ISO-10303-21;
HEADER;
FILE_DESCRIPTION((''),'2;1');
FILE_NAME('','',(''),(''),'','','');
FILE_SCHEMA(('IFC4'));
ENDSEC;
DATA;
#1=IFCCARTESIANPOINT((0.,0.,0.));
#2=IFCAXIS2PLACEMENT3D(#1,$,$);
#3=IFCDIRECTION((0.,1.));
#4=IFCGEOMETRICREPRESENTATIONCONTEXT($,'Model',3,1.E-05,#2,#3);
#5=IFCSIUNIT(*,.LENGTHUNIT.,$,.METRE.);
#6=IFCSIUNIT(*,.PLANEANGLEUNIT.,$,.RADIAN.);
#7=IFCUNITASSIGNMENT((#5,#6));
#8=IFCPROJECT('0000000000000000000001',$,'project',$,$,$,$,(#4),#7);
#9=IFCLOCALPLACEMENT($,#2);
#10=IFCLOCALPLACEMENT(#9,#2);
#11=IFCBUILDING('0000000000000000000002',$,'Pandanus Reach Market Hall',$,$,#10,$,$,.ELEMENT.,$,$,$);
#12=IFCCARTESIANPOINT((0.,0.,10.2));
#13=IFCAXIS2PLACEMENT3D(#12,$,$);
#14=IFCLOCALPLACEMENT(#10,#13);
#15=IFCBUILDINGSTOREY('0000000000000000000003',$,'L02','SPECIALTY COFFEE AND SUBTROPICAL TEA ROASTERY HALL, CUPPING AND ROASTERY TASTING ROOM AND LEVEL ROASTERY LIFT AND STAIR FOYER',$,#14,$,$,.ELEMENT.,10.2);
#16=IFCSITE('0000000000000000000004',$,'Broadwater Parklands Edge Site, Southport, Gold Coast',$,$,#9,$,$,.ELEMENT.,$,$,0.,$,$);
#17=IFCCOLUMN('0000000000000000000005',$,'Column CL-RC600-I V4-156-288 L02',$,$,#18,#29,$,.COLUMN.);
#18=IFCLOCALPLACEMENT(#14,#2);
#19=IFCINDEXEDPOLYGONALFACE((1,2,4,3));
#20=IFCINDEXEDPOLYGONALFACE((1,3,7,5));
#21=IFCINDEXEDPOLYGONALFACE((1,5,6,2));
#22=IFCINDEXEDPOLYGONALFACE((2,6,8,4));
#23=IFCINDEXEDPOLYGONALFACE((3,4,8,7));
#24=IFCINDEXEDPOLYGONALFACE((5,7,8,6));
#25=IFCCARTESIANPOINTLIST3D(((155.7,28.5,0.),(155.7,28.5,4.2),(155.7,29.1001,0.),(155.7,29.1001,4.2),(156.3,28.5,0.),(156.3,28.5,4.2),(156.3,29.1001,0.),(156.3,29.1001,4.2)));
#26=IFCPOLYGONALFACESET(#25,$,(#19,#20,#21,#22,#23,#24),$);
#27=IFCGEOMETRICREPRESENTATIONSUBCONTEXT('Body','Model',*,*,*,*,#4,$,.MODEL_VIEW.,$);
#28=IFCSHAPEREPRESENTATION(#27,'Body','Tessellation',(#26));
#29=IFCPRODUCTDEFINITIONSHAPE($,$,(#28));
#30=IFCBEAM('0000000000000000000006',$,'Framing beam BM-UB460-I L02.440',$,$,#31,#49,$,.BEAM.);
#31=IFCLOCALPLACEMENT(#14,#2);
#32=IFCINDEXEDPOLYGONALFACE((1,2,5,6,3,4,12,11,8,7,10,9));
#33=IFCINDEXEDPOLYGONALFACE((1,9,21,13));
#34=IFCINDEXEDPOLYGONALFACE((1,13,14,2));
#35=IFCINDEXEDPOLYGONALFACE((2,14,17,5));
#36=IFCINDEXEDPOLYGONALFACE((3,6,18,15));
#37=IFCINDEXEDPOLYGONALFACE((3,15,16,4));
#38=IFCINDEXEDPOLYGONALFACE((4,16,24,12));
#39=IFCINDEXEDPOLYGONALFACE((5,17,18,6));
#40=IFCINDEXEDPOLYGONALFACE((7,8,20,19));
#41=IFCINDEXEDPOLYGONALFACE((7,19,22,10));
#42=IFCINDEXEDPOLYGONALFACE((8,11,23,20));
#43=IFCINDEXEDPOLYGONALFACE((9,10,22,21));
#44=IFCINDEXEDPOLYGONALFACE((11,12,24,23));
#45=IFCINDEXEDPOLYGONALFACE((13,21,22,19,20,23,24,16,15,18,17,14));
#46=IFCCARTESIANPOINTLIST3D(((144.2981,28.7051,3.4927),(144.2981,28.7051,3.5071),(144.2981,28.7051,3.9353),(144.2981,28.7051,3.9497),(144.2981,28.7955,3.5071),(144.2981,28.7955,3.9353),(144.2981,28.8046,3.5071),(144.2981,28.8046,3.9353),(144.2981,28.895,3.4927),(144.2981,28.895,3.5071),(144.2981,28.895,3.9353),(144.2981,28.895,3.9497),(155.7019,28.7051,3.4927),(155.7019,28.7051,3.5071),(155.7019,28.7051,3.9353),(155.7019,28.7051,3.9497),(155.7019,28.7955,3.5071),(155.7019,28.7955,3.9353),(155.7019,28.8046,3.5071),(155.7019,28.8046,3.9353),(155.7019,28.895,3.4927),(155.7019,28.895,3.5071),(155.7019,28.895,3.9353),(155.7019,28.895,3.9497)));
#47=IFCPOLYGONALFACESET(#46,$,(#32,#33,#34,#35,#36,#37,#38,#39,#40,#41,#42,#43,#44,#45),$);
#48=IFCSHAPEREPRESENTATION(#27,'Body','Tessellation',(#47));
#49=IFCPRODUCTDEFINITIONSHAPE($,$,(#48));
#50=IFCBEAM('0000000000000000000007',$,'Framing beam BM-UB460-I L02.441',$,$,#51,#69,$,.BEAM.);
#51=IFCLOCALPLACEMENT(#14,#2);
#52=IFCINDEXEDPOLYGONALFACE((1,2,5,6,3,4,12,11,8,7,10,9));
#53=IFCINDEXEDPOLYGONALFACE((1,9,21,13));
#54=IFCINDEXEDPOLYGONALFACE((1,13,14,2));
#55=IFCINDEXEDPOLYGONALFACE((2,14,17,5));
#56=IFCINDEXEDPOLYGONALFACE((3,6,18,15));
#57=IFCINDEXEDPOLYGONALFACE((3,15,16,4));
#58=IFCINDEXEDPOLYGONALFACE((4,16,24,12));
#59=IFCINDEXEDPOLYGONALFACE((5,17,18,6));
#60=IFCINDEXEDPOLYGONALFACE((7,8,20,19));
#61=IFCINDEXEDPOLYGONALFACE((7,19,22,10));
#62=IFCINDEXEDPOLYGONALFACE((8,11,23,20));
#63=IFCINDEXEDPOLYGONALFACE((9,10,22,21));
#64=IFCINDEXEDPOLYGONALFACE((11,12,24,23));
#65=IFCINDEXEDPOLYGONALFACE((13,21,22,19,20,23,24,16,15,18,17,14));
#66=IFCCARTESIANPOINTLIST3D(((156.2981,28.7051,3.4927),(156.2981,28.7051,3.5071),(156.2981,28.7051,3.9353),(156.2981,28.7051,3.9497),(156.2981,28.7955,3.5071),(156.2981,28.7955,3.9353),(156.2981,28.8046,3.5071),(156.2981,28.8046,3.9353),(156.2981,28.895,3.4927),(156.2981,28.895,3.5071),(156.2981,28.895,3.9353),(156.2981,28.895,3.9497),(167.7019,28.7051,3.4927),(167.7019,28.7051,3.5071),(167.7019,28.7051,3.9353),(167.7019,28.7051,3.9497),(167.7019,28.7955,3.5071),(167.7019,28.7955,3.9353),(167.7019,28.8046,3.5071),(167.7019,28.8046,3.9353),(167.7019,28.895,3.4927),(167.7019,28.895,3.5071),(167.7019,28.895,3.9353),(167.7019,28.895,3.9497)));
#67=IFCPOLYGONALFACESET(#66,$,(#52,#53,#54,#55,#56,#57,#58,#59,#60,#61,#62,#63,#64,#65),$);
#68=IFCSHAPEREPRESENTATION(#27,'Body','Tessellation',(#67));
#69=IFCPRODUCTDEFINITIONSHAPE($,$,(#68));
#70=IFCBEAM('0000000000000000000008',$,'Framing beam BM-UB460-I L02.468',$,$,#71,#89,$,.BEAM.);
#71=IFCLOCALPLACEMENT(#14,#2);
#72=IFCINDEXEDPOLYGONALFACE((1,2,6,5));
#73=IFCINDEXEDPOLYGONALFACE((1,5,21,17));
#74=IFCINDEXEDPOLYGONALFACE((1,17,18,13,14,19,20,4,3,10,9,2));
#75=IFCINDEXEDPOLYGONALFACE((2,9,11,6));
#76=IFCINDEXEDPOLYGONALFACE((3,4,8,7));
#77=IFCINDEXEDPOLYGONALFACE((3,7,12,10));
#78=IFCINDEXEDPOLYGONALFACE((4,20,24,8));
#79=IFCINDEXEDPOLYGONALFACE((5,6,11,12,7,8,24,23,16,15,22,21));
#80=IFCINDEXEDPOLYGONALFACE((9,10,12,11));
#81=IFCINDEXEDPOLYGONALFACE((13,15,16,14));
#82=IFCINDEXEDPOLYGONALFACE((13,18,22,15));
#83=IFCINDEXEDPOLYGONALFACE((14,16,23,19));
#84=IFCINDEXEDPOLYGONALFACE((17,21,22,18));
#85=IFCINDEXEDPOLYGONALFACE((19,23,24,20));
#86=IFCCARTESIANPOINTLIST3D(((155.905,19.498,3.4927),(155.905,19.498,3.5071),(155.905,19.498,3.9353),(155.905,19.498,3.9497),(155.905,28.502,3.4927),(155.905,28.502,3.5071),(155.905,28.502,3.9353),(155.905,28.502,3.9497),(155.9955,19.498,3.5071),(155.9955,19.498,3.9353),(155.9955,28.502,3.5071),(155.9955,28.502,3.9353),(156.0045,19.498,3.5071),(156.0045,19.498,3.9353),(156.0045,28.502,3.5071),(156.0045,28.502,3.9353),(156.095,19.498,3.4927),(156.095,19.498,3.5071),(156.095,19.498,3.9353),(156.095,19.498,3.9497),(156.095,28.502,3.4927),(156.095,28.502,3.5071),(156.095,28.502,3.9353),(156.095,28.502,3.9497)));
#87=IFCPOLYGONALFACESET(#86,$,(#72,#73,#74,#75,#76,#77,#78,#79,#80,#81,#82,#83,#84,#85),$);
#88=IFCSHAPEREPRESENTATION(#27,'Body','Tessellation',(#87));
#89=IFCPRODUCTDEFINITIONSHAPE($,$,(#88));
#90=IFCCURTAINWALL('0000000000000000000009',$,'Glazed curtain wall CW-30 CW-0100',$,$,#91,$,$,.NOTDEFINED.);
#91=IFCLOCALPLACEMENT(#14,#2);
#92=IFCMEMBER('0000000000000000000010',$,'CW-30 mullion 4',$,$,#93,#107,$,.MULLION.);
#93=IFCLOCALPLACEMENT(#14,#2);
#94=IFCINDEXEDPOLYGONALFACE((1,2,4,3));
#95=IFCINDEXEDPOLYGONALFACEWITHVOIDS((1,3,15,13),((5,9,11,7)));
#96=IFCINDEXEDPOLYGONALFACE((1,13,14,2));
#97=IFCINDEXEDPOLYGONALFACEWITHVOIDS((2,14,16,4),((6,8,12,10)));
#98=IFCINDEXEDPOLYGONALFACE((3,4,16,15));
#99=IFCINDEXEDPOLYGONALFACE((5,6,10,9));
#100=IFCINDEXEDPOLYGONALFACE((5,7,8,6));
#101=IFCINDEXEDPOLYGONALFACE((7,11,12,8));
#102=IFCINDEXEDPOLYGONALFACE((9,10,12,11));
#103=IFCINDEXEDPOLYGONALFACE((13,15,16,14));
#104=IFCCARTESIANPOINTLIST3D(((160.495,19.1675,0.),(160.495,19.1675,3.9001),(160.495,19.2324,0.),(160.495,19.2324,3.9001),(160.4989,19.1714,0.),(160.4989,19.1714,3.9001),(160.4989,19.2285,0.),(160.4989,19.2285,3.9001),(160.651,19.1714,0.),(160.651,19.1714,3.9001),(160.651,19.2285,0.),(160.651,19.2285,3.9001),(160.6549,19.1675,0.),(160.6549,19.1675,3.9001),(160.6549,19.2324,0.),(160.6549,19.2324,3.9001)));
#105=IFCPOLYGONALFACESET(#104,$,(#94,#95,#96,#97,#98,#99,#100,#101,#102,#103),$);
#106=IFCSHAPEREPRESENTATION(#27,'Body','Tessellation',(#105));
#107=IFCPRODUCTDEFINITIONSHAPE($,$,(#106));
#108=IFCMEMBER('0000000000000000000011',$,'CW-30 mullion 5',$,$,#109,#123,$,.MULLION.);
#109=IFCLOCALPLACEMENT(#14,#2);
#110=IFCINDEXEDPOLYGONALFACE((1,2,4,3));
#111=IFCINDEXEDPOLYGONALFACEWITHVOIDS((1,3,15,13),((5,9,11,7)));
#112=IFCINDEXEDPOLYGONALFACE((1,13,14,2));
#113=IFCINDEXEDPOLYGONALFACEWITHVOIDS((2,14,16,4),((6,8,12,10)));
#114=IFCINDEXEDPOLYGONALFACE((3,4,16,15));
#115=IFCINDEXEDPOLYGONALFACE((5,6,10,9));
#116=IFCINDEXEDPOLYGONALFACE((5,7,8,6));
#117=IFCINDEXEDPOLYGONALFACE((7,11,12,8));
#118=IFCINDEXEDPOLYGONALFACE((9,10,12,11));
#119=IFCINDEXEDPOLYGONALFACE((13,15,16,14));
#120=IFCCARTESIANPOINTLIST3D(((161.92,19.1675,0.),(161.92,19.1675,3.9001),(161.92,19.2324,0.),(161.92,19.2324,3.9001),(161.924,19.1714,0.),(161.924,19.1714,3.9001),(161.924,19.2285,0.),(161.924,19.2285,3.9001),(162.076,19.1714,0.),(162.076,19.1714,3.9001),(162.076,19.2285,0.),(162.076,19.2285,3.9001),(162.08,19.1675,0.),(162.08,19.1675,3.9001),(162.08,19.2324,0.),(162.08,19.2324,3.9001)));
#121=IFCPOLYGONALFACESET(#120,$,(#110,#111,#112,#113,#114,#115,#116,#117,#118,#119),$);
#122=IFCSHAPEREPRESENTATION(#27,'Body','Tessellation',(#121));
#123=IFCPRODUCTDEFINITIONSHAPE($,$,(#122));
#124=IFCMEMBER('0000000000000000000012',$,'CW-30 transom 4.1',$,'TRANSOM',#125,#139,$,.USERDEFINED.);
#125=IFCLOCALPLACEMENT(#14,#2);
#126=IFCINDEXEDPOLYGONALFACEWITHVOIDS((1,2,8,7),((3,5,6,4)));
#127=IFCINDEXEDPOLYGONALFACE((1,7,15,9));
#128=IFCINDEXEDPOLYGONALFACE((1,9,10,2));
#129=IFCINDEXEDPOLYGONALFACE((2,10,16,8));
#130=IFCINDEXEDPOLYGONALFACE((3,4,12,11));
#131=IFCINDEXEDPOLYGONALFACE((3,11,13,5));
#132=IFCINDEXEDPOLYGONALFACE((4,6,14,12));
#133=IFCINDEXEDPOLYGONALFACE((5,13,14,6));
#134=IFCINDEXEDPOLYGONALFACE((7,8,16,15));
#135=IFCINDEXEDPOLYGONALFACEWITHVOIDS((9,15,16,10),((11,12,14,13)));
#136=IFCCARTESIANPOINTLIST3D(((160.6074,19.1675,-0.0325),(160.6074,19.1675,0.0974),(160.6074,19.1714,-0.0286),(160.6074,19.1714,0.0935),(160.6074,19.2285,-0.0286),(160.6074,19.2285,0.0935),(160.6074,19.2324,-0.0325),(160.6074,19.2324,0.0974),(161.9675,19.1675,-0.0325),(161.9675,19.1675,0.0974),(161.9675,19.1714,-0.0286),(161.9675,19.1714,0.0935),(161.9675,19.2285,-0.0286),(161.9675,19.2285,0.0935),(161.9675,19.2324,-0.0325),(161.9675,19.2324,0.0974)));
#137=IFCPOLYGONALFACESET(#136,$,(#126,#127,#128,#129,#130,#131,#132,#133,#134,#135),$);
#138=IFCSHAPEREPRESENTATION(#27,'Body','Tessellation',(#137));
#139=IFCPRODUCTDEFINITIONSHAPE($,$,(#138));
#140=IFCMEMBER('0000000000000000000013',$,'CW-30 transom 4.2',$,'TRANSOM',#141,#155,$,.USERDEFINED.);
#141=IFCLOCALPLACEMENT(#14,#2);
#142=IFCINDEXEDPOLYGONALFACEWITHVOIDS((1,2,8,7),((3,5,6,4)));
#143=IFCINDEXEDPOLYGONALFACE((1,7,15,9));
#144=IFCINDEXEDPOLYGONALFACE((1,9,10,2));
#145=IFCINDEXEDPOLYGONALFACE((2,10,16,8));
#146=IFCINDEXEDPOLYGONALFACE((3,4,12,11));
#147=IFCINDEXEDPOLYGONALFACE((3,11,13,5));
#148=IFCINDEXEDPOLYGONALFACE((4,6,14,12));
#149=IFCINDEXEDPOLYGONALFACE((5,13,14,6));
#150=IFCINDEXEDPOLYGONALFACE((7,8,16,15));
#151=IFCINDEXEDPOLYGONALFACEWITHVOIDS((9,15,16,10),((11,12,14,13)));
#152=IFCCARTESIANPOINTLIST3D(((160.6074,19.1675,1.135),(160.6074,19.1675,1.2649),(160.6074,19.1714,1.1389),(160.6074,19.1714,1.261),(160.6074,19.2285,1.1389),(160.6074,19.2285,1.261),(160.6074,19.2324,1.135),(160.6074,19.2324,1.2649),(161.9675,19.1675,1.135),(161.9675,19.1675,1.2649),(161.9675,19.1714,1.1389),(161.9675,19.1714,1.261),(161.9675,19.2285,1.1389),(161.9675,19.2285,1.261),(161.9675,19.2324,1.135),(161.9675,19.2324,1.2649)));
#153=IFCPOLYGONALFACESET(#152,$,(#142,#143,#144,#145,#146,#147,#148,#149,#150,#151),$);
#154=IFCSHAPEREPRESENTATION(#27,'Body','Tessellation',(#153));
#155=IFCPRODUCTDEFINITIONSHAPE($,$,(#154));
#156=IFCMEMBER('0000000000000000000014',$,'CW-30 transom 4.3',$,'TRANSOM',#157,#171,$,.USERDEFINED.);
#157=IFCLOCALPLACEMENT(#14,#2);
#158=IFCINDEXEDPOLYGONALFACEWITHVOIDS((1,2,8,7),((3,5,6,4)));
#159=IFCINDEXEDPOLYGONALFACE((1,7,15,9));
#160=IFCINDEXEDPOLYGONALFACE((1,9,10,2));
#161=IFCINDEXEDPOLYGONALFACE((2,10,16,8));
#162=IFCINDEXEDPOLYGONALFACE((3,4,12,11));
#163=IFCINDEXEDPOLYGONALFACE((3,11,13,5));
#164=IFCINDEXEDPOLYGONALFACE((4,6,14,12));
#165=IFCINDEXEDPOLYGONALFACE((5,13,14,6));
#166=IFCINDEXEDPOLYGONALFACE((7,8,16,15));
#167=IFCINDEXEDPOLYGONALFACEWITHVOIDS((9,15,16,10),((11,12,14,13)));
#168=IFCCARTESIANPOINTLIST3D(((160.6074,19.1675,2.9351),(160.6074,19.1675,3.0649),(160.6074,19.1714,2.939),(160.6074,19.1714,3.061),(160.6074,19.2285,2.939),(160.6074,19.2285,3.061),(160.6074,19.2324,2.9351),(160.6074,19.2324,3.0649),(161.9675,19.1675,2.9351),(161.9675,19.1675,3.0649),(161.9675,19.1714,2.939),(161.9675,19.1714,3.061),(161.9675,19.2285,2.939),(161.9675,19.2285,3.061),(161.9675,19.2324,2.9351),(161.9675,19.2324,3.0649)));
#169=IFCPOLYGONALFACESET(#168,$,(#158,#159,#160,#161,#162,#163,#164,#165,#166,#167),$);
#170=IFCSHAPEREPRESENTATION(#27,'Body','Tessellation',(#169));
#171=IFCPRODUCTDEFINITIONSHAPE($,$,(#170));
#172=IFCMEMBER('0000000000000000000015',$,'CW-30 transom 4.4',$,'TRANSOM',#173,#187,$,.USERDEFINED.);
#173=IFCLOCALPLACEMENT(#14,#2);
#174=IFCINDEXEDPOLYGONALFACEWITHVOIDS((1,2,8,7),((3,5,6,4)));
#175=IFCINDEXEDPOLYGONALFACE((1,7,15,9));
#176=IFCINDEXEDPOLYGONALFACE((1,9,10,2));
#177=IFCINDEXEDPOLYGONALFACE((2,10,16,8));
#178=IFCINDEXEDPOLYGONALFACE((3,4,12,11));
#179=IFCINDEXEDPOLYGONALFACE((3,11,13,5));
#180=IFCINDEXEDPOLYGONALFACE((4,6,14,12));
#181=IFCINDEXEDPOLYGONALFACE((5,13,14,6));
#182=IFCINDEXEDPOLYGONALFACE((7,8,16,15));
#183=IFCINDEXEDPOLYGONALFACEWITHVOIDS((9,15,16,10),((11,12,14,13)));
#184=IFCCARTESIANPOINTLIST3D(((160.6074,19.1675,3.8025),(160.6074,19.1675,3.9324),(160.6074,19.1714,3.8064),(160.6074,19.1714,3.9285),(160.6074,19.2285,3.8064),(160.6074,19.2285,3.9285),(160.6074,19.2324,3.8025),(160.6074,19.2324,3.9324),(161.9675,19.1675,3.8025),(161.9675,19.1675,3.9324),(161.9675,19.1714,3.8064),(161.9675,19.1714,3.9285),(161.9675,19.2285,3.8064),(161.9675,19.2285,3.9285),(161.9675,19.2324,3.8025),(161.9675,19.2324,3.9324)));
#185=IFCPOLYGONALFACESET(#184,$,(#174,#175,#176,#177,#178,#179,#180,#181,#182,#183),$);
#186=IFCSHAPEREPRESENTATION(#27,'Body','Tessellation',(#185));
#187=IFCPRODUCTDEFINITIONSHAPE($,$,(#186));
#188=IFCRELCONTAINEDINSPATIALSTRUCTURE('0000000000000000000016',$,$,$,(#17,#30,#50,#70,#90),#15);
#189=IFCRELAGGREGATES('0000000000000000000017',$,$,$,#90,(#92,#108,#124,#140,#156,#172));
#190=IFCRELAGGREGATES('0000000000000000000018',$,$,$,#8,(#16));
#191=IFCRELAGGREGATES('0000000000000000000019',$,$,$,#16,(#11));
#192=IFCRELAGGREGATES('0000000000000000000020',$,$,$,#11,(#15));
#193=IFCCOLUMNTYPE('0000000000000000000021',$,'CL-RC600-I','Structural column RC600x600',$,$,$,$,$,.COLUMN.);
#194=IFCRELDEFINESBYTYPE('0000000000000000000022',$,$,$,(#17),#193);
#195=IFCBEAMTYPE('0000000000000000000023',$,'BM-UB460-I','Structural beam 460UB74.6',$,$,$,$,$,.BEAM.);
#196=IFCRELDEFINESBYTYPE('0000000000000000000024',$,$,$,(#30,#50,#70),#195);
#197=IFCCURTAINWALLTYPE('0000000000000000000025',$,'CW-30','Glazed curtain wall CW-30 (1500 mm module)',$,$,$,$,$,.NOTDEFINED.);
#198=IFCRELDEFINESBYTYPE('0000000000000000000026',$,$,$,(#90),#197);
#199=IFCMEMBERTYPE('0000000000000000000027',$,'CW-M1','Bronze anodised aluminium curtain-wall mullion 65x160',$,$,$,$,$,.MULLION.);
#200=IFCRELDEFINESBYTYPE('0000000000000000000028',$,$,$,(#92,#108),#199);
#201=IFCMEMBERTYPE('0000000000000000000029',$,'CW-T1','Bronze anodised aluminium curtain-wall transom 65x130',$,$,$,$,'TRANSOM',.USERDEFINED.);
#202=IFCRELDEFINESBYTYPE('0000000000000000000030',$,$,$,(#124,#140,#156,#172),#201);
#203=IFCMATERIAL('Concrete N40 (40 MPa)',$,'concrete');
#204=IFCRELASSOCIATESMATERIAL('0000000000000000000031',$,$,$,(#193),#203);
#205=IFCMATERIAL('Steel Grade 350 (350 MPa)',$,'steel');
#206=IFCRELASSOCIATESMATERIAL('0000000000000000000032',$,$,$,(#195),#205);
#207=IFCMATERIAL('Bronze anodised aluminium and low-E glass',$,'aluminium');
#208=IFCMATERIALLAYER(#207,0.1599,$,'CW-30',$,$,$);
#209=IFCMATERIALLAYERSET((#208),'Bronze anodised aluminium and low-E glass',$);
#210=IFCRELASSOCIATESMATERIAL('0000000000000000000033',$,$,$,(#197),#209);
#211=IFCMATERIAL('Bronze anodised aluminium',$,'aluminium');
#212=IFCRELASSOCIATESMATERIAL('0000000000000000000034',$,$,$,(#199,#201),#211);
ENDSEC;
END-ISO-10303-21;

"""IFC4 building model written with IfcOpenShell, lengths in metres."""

from ifc_helpers import new_model, si_unit, direction, frame, origin, origin_2d, place, context, subcontext, project, spatial, rectangle, hollow_rectangle, i_section, extrude, material, layer, layer_set, material_profile, profile_set, type_object, element, aggregate, save


model = new_model("IFC4")

# Units and contexts
model_context = context("Model", 3, precision=1e-05, world=origin(), true_north=direction((0.0, 1.0)))
body_context = subcontext(model_context, "Body", "Model", "MODEL_VIEW")
ifc_project = project(units=[si_unit("LENGTHUNIT", "METRE"), si_unit("PLANEANGLEUNIT", "RADIAN")], contexts=[model_context])

# Site, building, storey
site_placement = place(None, origin())
site = spatial("IfcSite", under=ifc_project, at=site_placement, Name="Broadwater Parklands Edge Site, Southport, Gold Coast", CompositionType="ELEMENT", RefElevation=0.0)
building_placement = place(site_placement, origin())
building = spatial("IfcBuilding", under=site, at=building_placement, Name="Pandanus Reach Market Hall", CompositionType="ELEMENT")
storey_placement = place(building_placement, frame((0.0, 0.0, 10.2)))
storey = spatial("IfcBuildingStorey", under=building, at=storey_placement, Name="L02", Description="SPECIALTY COFFEE AND SUBTROPICAL TEA ROASTERY HALL, CUPPING AND ROASTERY TASTING ROOM AND LEVEL ROASTERY LIFT AND STAIR FOYER", CompositionType="ELEMENT", Elevation=10.2)

# Column
ifc_material_1 = material(Name="Concrete N40 (40 MPa)", Category="concrete")
ifc_material_profile_1 = material_profile(ifc_material_1, rectangle(XDim=0.6001, YDim=0.6001, at=origin_2d()), Name="RC600x600", Category="LoadBearing")
ifc_profile_set_1 = profile_set([ifc_material_profile_1], Name="Concrete N40 (40 MPa)")
column_type = type_object("IfcColumnType", Name="CL-RC600-I", Description="Structural column RC600x600", PredefinedType="COLUMN", material=ifc_profile_set_1)
column_placement = place(storey_placement, frame((156.0, 28.8, 0.0), z_axis=(0.0, 0.0, 1.0), x_axis=(1.0, 0.0, 0.0)))
element("IfcColumn", 1, at=column_placement, inside=storey, type_object=column_type, Name="Column CL-RC600-I V4-156-288 L02", PredefinedType="COLUMN", context=body_context, shape_type="SweptSolid", body=[
    extrude(rectangle(XDim=0.6001, YDim=0.6001, at=origin_2d()), origin(), (0.0, 0.0, 1.0), 4.2),
])

# Beams
ifc_material_2 = material(Name="Steel Grade 350 (350 MPa)", Category="steel")
ifc_material_profile_2 = material_profile(ifc_material_2, i_section(OverallWidth=0.1899, OverallDepth=0.457, WebThickness=0.009, FlangeThickness=0.0144, at=origin_2d()), Name="460UB74.6", Category="LoadBearing")
ifc_profile_set_2 = profile_set([ifc_material_profile_2], Name="Steel Grade 350 (350 MPa)")
beam_type_1 = type_object("IfcBeamType", Name="BM-UB460-I", Description="Structural beam 460UB74.6", PredefinedType="BEAM", material=ifc_profile_set_2)
for number, where, z_axis, x_axis, name in (
    (2, (144.2981, 28.8, 3.7212), (1.0, 0.0, 0.0), (0.0, 1.0, 0.0), "Framing beam BM-UB460-I L02.440"),
    (3, (156.2981, 28.8, 3.7212), (1.0, 0.0, 0.0), (0.0, 1.0, 0.0), "Framing beam BM-UB460-I L02.441"),
):
    element("IfcBeam", number, at=place(storey_placement, frame(where, z_axis=z_axis, x_axis=x_axis)), inside=storey, type_object=beam_type_1, Name=name, PredefinedType="BEAM", context=body_context, shape_type="SweptSolid", body=[
        extrude(i_section(OverallWidth=0.1899, OverallDepth=0.457, WebThickness=0.009, FlangeThickness=0.0144, at=origin_2d()), origin(), (0.0, 0.0, 1.0), 11.4038),
    ])
beam_placement = place(storey_placement, frame((156.0, 19.498, 3.7212), z_axis=(0.0, 1.0, 0.0), x_axis=(-1.0, 0.0, 0.0)))
element("IfcBeam", 4, at=beam_placement, inside=storey, type_object=beam_type_1, Name="Framing beam BM-UB460-I L02.468", PredefinedType="BEAM", context=body_context, shape_type="SweptSolid", body=[
    extrude(i_section(OverallWidth=0.1899, OverallDepth=0.457, WebThickness=0.009, FlangeThickness=0.0144, at=origin_2d()), origin(), (0.0, 0.0, 1.0), 9.0039),
])

# Curtain wall, members
ifc_material_3 = material(Name="Bronze anodised aluminium and low-E glass", Category="aluminium")
ifc_layer_1 = layer(ifc_material_3, 0.1599, Name="CW-30")
ifc_layer_set_1 = layer_set([ifc_layer_1], Name="Bronze anodised aluminium and low-E glass")
curtain_wall_type = type_object("IfcCurtainWallType", Name="CW-30", Description="Glazed curtain wall CW-30 (1500 mm module)", PredefinedType="NOTDEFINED", material=ifc_layer_set_1)
curtain_wall_placement = place(storey_placement, origin())
curtain_wall = element("IfcCurtainWall", 5, at=curtain_wall_placement, inside=storey, type_object=curtain_wall_type, Name="Glazed curtain wall CW-30 CW-0100", PredefinedType="NOTDEFINED")
ifc_material_4 = material(Name="Bronze anodised aluminium", Category="aluminium")
ifc_material_profile_3 = material_profile(ifc_material_4, hollow_rectangle(XDim=0.0649, YDim=0.1599, WallThickness=0.0039, at=origin_2d()), Name="ALU65x160", Category="LoadBearing")
ifc_profile_set_3 = profile_set([ifc_material_profile_3], Name="Bronze anodised aluminium")
member_type_1 = type_object("IfcMemberType", Name="CW-M1", Description="Bronze anodised aluminium curtain-wall mullion 65x160", PredefinedType="MULLION", material=ifc_profile_set_3)
member_1_placement = place(storey_placement, frame((160.575, 19.2, 0.0), z_axis=(0.0, 0.0, 1.0), x_axis=(0.0, 1.0, 0.0)))
member_1 = element("IfcMember", 6, at=member_1_placement, type_object=member_type_1, Name="CW-30 mullion 4", PredefinedType="MULLION", context=body_context, shape_type="SweptSolid", body=[
    extrude(hollow_rectangle(XDim=0.0649, YDim=0.1599, WallThickness=0.0039, at=origin_2d()), origin(), (0.0, 0.0, 1.0), 3.9001),
])
member_2_placement = place(storey_placement, frame((162.0, 19.2, 0.0), z_axis=(0.0, 0.0, 1.0), x_axis=(0.0, 1.0, 0.0)))
member_2 = element("IfcMember", 7, at=member_2_placement, type_object=member_type_1, Name="CW-30 mullion 5", PredefinedType="MULLION", context=body_context, shape_type="SweptSolid", body=[
    extrude(hollow_rectangle(XDim=0.0649, YDim=0.1599, WallThickness=0.0039, at=origin_2d()), origin(), (0.0, 0.0, 1.0), 3.9001),
])
ifc_material_profile_4 = material_profile(ifc_material_4, hollow_rectangle(XDim=0.0649, YDim=0.1299, WallThickness=0.0039, at=origin_2d()), Name="ALU65x130", Category="LoadBearing")
ifc_profile_set_4 = profile_set([ifc_material_profile_4], Name="Bronze anodised aluminium")
member_type_2 = type_object("IfcMemberType", Name="CW-T1", Description="Bronze anodised aluminium curtain-wall transom 65x130", ElementType="TRANSOM", PredefinedType="USERDEFINED", material=ifc_profile_set_4)
member_3_placement = place(storey_placement, frame((160.6074, 19.2, 0.0325), z_axis=(1.0, 0.0, 0.0), x_axis=(0.0, 1.0, 0.0)))
member_3 = element("IfcMember", 8, at=member_3_placement, type_object=member_type_2, Name="CW-30 transom 4.1", ObjectType="TRANSOM", PredefinedType="USERDEFINED", context=body_context, shape_type="SweptSolid", body=[
    extrude(hollow_rectangle(XDim=0.0649, YDim=0.1299, WallThickness=0.0039, at=origin_2d()), origin(), (0.0, 0.0, 1.0), 1.3601),
])
member_4_placement = place(storey_placement, frame((160.6074, 19.2, 1.2), z_axis=(1.0, 0.0, 0.0), x_axis=(0.0, 1.0, 0.0)))
member_4 = element("IfcMember", 9, at=member_4_placement, type_object=member_type_2, Name="CW-30 transom 4.2", ObjectType="TRANSOM", PredefinedType="USERDEFINED", context=body_context, shape_type="SweptSolid", body=[
    extrude(hollow_rectangle(XDim=0.0649, YDim=0.1299, WallThickness=0.0039, at=origin_2d()), origin(), (0.0, 0.0, 1.0), 1.3601),
])
member_5_placement = place(storey_placement, frame((160.6074, 19.2, 3.0), z_axis=(1.0, 0.0, 0.0), x_axis=(0.0, 1.0, 0.0)))
member_5 = element("IfcMember", 10, at=member_5_placement, type_object=member_type_2, Name="CW-30 transom 4.3", ObjectType="TRANSOM", PredefinedType="USERDEFINED", context=body_context, shape_type="SweptSolid", body=[
    extrude(hollow_rectangle(XDim=0.0649, YDim=0.1299, WallThickness=0.0039, at=origin_2d()), origin(), (0.0, 0.0, 1.0), 1.3601),
])
member_6_placement = place(storey_placement, frame((160.6074, 19.2, 3.8674), z_axis=(1.0, 0.0, 0.0), x_axis=(0.0, 1.0, 0.0)))
member_6 = element("IfcMember", 11, at=member_6_placement, type_object=member_type_2, Name="CW-30 transom 4.4", ObjectType="TRANSOM", PredefinedType="USERDEFINED", context=body_context, shape_type="SweptSolid", body=[
    extrude(hollow_rectangle(XDim=0.0649, YDim=0.1299, WallThickness=0.0039, at=origin_2d()), origin(), (0.0, 0.0, 1.0), 1.3601),
])

aggregate(curtain_wall, [member_1, member_2, member_3, member_4, member_5, member_6])

save(model, "model.ifc")
